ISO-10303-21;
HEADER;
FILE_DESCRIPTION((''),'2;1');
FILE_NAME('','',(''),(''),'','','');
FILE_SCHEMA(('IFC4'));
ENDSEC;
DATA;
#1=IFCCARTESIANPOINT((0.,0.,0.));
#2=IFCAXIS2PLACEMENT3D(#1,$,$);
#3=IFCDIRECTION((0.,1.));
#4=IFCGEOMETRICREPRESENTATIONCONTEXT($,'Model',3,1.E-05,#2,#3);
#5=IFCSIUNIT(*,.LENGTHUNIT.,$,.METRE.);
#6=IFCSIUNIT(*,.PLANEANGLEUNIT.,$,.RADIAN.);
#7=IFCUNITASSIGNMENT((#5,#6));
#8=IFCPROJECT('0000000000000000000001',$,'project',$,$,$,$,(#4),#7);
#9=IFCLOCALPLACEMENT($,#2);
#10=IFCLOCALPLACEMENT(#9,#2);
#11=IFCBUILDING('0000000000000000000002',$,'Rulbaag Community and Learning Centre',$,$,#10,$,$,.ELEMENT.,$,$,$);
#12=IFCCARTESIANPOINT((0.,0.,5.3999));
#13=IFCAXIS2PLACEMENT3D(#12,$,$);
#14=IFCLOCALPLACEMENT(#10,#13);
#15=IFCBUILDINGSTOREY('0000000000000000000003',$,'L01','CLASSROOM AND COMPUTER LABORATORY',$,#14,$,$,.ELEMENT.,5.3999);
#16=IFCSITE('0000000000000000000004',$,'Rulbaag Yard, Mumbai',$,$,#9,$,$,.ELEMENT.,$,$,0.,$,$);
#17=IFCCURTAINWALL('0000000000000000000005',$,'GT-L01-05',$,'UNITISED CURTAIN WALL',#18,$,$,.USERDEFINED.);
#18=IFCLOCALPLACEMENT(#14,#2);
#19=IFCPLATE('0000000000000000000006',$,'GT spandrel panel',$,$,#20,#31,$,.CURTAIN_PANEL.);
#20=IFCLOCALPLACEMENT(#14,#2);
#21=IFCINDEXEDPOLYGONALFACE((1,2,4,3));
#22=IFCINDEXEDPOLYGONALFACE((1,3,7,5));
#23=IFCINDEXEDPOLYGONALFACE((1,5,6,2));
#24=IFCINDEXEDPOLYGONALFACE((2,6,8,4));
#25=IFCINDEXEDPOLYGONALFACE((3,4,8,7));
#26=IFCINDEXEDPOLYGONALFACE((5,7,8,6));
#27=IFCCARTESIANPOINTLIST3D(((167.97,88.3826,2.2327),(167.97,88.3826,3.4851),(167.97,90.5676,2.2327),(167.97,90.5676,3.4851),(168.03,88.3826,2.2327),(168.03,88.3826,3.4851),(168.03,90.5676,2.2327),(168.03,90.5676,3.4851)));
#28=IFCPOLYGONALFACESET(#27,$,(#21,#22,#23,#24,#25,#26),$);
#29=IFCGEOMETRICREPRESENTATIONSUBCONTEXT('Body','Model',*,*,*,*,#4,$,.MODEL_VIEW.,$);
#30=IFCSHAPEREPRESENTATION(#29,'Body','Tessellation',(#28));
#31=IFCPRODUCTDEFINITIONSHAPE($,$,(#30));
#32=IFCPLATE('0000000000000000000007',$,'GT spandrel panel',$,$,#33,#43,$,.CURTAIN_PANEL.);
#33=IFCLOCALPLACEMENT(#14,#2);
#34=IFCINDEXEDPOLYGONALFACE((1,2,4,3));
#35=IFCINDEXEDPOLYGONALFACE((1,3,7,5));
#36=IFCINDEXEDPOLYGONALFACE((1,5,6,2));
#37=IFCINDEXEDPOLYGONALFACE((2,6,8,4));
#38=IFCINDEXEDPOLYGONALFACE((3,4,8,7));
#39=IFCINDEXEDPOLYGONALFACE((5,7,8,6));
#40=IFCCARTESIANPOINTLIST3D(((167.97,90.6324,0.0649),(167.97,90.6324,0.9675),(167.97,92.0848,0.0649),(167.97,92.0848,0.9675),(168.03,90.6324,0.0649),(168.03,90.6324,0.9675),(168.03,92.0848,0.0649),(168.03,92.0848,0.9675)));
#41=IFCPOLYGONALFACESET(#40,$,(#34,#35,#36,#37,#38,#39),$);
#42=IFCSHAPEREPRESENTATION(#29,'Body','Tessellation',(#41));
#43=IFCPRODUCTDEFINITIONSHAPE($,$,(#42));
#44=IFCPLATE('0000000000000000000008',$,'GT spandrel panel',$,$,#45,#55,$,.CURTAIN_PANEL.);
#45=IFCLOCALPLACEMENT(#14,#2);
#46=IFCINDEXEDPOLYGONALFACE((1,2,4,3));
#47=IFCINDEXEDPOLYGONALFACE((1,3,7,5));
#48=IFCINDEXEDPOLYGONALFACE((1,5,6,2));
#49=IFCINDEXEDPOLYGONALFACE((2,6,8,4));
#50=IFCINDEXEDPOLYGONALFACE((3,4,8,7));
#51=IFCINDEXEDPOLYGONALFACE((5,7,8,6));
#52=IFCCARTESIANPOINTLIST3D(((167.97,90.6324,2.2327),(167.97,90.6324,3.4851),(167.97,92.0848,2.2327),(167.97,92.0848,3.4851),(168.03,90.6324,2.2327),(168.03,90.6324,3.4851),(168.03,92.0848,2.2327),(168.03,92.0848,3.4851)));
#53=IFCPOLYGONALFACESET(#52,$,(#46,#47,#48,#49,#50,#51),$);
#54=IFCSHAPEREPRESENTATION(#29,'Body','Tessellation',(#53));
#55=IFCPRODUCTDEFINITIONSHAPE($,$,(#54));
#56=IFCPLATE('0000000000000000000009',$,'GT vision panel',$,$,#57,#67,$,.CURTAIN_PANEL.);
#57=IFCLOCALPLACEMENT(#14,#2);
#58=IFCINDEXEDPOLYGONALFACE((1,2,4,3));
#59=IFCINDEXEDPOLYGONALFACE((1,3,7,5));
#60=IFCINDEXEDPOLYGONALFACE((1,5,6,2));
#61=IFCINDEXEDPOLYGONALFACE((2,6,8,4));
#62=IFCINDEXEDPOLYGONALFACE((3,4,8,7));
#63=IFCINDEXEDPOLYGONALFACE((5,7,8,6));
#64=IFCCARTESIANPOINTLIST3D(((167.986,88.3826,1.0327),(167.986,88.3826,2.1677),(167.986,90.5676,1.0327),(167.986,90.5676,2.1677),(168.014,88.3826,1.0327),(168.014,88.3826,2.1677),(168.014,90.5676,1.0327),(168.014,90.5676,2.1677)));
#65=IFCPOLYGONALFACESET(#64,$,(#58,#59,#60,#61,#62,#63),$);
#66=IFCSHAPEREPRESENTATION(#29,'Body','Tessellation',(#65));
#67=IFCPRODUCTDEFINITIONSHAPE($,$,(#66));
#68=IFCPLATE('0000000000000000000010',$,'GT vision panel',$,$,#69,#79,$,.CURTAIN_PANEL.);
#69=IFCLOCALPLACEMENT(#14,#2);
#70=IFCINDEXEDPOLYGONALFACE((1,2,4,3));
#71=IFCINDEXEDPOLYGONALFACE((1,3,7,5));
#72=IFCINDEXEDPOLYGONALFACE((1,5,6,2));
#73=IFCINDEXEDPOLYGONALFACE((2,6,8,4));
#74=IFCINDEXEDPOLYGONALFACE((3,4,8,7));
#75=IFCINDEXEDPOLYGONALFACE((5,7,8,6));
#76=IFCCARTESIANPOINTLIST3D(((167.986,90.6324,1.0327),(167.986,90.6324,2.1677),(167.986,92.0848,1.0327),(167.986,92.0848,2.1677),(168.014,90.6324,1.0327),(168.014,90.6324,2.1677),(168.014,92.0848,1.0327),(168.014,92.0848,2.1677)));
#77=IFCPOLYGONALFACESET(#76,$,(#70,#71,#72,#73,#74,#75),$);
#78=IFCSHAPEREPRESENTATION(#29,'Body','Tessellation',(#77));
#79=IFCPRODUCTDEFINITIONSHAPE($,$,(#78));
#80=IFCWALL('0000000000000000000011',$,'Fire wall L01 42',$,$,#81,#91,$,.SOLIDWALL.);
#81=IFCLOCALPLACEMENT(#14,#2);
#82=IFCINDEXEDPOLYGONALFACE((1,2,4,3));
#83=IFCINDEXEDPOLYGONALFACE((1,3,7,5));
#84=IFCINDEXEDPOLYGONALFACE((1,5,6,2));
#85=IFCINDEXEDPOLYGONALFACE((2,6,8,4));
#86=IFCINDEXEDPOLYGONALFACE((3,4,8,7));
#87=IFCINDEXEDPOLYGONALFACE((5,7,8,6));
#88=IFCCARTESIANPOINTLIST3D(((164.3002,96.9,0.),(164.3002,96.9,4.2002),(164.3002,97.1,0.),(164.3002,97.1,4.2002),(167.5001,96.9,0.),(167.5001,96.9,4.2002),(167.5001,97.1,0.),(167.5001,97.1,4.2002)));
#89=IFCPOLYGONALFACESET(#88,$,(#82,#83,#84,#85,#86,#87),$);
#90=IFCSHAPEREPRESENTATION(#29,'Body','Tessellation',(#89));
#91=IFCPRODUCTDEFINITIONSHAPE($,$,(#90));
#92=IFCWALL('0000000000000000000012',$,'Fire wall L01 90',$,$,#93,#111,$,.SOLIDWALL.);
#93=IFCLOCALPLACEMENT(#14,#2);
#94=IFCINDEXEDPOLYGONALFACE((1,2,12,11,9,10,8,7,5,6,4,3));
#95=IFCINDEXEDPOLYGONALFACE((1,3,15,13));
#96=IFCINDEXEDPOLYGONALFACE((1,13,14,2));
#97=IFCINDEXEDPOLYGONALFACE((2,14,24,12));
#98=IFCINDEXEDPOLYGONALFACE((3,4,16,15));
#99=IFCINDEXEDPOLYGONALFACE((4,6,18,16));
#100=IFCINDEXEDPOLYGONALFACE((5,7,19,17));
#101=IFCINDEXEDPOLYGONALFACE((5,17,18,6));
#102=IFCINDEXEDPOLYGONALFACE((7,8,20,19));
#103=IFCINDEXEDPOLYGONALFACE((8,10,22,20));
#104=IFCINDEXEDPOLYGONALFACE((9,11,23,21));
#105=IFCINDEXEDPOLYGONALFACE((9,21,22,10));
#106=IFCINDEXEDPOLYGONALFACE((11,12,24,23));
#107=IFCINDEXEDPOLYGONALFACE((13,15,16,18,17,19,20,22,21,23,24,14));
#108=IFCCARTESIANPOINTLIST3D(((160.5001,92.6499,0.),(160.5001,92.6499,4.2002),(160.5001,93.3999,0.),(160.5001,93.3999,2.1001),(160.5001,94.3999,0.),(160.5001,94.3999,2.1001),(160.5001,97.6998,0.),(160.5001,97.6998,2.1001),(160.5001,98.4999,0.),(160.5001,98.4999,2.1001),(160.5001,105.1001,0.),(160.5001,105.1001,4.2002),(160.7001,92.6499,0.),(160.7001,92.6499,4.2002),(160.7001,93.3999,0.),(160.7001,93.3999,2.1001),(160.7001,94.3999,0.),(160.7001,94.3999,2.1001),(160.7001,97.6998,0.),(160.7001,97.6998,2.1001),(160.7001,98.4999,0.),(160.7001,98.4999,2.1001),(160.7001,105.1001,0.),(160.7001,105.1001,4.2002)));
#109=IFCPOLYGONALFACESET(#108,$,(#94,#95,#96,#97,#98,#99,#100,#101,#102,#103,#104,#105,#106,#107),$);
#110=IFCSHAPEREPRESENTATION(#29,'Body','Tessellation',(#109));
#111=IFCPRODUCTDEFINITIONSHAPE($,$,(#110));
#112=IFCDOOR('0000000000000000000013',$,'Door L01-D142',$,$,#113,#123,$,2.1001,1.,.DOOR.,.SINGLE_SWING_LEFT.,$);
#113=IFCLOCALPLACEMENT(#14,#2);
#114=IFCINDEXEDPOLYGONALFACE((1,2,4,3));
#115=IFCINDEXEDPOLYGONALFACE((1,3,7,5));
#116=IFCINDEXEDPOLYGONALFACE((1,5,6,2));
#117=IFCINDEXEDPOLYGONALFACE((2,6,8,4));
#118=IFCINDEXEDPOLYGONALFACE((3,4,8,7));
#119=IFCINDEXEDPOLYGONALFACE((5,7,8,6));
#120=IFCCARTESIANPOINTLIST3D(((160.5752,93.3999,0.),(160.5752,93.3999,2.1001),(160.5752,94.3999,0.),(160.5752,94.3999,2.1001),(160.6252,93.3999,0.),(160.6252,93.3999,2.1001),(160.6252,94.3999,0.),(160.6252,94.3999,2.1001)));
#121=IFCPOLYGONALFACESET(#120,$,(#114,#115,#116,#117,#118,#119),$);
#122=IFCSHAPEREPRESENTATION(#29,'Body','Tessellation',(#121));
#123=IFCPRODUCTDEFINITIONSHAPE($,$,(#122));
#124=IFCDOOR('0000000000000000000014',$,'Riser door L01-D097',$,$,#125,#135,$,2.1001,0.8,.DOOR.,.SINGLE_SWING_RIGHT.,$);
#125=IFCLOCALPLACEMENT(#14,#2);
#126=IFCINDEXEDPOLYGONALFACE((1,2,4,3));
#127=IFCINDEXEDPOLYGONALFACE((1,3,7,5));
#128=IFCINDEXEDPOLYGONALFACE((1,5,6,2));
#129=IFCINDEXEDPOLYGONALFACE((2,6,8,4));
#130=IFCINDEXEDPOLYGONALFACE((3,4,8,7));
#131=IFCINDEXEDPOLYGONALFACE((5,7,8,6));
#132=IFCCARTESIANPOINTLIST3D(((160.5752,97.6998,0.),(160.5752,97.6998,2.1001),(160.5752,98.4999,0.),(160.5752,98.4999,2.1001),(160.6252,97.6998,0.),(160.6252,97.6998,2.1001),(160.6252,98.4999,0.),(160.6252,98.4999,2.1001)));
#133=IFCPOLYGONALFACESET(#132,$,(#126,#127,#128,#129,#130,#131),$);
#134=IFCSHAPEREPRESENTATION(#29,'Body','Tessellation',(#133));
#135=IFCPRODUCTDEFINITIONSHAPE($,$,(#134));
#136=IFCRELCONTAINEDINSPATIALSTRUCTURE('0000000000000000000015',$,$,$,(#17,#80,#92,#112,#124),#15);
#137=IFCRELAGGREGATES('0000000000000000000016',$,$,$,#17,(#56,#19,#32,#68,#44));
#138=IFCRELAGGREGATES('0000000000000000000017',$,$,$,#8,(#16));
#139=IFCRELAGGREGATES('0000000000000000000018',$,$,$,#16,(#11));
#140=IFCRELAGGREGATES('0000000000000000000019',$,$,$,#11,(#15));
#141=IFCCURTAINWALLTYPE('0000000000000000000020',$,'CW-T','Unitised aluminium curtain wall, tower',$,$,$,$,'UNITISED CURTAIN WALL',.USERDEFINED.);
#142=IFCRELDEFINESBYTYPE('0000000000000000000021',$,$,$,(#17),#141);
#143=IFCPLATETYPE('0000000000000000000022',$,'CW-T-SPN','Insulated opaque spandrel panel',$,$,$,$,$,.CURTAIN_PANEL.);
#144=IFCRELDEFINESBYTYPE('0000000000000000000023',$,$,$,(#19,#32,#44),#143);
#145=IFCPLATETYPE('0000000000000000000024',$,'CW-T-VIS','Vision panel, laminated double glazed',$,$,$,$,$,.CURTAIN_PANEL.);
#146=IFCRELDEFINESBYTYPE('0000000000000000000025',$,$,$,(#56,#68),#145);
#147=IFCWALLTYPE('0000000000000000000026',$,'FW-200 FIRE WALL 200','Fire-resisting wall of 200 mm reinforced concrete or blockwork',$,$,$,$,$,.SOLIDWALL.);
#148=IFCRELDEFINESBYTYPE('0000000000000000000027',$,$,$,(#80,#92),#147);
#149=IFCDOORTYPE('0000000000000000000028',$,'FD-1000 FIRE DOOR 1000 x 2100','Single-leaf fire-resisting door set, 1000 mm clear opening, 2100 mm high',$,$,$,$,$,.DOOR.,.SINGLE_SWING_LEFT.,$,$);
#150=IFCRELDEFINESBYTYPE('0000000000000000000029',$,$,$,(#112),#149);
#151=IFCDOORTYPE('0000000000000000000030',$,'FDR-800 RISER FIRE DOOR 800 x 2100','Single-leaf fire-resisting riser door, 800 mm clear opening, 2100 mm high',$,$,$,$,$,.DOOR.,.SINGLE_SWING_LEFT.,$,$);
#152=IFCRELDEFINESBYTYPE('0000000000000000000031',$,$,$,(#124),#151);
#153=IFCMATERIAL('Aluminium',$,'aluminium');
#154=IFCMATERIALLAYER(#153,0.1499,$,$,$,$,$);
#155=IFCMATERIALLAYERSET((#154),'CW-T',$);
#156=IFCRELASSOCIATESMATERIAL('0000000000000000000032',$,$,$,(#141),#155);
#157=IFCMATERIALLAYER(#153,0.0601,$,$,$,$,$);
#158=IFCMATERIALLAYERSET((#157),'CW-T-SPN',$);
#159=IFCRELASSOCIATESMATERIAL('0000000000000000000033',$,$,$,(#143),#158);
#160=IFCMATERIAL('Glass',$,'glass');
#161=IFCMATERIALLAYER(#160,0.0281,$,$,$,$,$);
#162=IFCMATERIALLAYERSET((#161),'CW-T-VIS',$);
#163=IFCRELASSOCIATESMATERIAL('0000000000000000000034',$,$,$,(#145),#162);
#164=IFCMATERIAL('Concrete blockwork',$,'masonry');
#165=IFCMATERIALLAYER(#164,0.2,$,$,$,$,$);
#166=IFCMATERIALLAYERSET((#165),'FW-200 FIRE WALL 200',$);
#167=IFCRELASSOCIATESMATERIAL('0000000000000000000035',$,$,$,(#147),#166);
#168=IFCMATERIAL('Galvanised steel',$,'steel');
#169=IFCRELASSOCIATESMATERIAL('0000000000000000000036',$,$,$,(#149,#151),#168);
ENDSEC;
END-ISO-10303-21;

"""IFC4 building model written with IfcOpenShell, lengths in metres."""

from ifc_helpers import new_model, si_unit, direction, frame, frame_2d, origin, origin_2d, place, context, subcontext, project, spatial, rectangle, extrude, material, layer, layer_set, type_object, element, fill, aggregate, save


model = new_model("IFC4")

# Units and contexts
model_context = context("Model", 3, precision=1e-05, world=origin(), true_north=direction((0.0, 1.0)))
body_context = subcontext(model_context, "Body", "Model", "MODEL_VIEW")
ifc_project = project(units=[si_unit("LENGTHUNIT", "METRE"), si_unit("PLANEANGLEUNIT", "RADIAN")], contexts=[model_context])

# Site, building, storey
site_placement = place(None, origin())
site = spatial("IfcSite", under=ifc_project, at=site_placement, Name="Rulbaag Yard, Mumbai", CompositionType="ELEMENT", RefElevation=0.0)
building_placement = place(site_placement, origin())
building = spatial("IfcBuilding", under=site, at=building_placement, Name="Rulbaag Community and Learning Centre", CompositionType="ELEMENT")
storey_placement = place(building_placement, frame((0.0, 0.0, 5.3999)))
storey = spatial("IfcBuildingStorey", under=building, at=storey_placement, Name="L01", Description="CLASSROOM AND COMPUTER LABORATORY", CompositionType="ELEMENT", Elevation=5.3999)

# Curtain wall, plates
ifc_material_1 = material(Name="Aluminium", Category="aluminium")
ifc_layer_1 = layer(ifc_material_1, 0.1499)
ifc_layer_set_1 = layer_set([ifc_layer_1], Name="CW-T")
curtain_wall_type = type_object("IfcCurtainWallType", Name="CW-T", Description="Unitised aluminium curtain wall, tower", ElementType="UNITISED CURTAIN WALL", PredefinedType="USERDEFINED", material=ifc_layer_set_1)
curtain_wall_placement = place(storey_placement, origin())
curtain_wall = element("IfcCurtainWall", 1, at=curtain_wall_placement, inside=storey, type_object=curtain_wall_type, Name="GT-L01-05", ObjectType="UNITISED CURTAIN WALL", PredefinedType="USERDEFINED")
ifc_layer_2 = layer(ifc_material_1, 0.0601)
ifc_layer_set_2 = layer_set([ifc_layer_2], Name="CW-T-SPN")
plate_type_1 = type_object("IfcPlateType", Name="CW-T-SPN", Description="Insulated opaque spandrel panel", PredefinedType="CURTAIN_PANEL", material=ifc_layer_set_2)
plate_1_placement = place(storey_placement, frame((168.0, 89.4751, 2.2327), z_axis=(0.0, 0.0, 1.0), x_axis=(0.0, 1.0, 0.0)))
plate_1 = element("IfcPlate", 2, at=plate_1_placement, type_object=plate_type_1, Name="GT spandrel panel", PredefinedType="CURTAIN_PANEL", context=body_context, shape_type="SweptSolid", body=[
    extrude(rectangle(XDim=2.1851, YDim=0.0601, at=origin_2d()), origin(), (0.0, 0.0, 1.0), 1.2524),
])
plate_2_placement = place(storey_placement, frame((168.0, 91.3586, 0.0649), z_axis=(0.0, 0.0, 1.0), x_axis=(0.0, 1.0, 0.0)))
plate_2 = element("IfcPlate", 3, at=plate_2_placement, type_object=plate_type_1, Name="GT spandrel panel", PredefinedType="CURTAIN_PANEL", context=body_context, shape_type="SweptSolid", body=[
    extrude(rectangle(XDim=1.4524, YDim=0.0601, at=origin_2d()), origin(), (0.0, 0.0, 1.0), 0.9026),
])
plate_3_placement = place(storey_placement, frame((168.0, 91.3586, 2.2327), z_axis=(0.0, 0.0, 1.0), x_axis=(0.0, 1.0, 0.0)))
plate_3 = element("IfcPlate", 4, at=plate_3_placement, type_object=plate_type_1, Name="GT spandrel panel", PredefinedType="CURTAIN_PANEL", context=body_context, shape_type="SweptSolid", body=[
    extrude(rectangle(XDim=1.4524, YDim=0.0601, at=origin_2d()), origin(), (0.0, 0.0, 1.0), 1.2524),
])
ifc_material_2 = material(Name="Glass", Category="glass")
ifc_layer_3 = layer(ifc_material_2, 0.0281)
ifc_layer_set_3 = layer_set([ifc_layer_3], Name="CW-T-VIS")
plate_type_2 = type_object("IfcPlateType", Name="CW-T-VIS", Description="Vision panel, laminated double glazed", PredefinedType="CURTAIN_PANEL", material=ifc_layer_set_3)
plate_4_placement = place(storey_placement, frame((168.0, 89.4751, 1.0327), z_axis=(0.0, 0.0, 1.0), x_axis=(0.0, 1.0, 0.0)))
plate_4 = element("IfcPlate", 5, at=plate_4_placement, type_object=plate_type_2, Name="GT vision panel", PredefinedType="CURTAIN_PANEL", context=body_context, shape_type="SweptSolid", body=[
    extrude(rectangle(XDim=2.1851, YDim=0.0281, at=origin_2d()), origin(), (0.0, 0.0, 1.0), 1.135),
])
plate_5_placement = place(storey_placement, frame((168.0, 91.3586, 1.0327), z_axis=(0.0, 0.0, 1.0), x_axis=(0.0, 1.0, 0.0)))
plate_5 = element("IfcPlate", 6, at=plate_5_placement, type_object=plate_type_2, Name="GT vision panel", PredefinedType="CURTAIN_PANEL", context=body_context, shape_type="SweptSolid", body=[
    extrude(rectangle(XDim=1.4524, YDim=0.0281, at=origin_2d()), origin(), (0.0, 0.0, 1.0), 1.135),
])
aggregate(curtain_wall, [plate_4, plate_1, plate_2, plate_5, plate_3])

# Wall
ifc_material_3 = material(Name="Concrete blockwork", Category="masonry")
ifc_layer_4 = layer(ifc_material_3, 0.2)
ifc_layer_set_4 = layer_set([ifc_layer_4], Name="FW-200 FIRE WALL 200")
wall_type_1 = type_object("IfcWallType", Name="FW-200 FIRE WALL 200", Description="Fire-resisting wall of 200 mm reinforced concrete or blockwork", PredefinedType="SOLIDWALL", material=ifc_layer_set_4)
wall_1_placement = place(storey_placement, frame((164.3, 97.0, 0.0), z_axis=(0.0, 0.0, 1.0), x_axis=(1.0, 0.0, 0.0)))
element("IfcWall", 7, at=wall_1_placement, inside=storey, type_object=wall_type_1, Name="Fire wall L01 42", PredefinedType="SOLIDWALL", context=body_context, shape_type="SweptSolid", body=[
    extrude(rectangle(XDim=3.2, YDim=0.2, at=frame_2d((1.6001, 0.0))), origin(), (0.0, 0.0, 1.0), 4.2002),
])

# Wall, openings, doors
wall_2_placement = place(storey_placement, frame((160.6001, 92.6499, 0.0), z_axis=(0.0, 0.0, 1.0), x_axis=(0.0, 1.0, 0.0)))
wall_2 = element("IfcWall", 8, at=wall_2_placement, inside=storey, type_object=wall_type_1, Name="Fire wall L01 90", PredefinedType="SOLIDWALL", context=body_context, shape_type="SweptSolid", body=[
    extrude(rectangle(XDim=12.4502, YDim=0.2, at=frame_2d((6.2251, 0.0))), origin(), (0.0, 0.0, 1.0), 4.2002),
])
opening_1_placement = place(wall_2_placement, frame((5.05, 0.0, 0.0)))
opening_1 = element("IfcOpeningElement", 9, at=opening_1_placement, cuts=wall_2, PredefinedType="OPENING", context=body_context, shape_type="SweptSolid", body=[
    extrude(rectangle(XDim=0.8, YDim=2.1001, at=frame_2d((0.3999, 1.05))), frame((0.0, 0.1099, 0.0), z_axis=(0.0, -1.0, 0.0), x_axis=(1.0, 0.0, 0.0)), (0.0, 0.0, 1.0), 0.22),
])
opening_2_placement = place(wall_2_placement, frame((0.75, 0.0, 0.0)))
opening_2 = element("IfcOpeningElement", 10, at=opening_2_placement, cuts=wall_2, PredefinedType="OPENING", context=body_context, shape_type="SweptSolid", body=[
    extrude(rectangle(XDim=1.0, YDim=2.1001, at=frame_2d((0.5, 1.05))), frame((0.0, 0.1099, 0.0), z_axis=(0.0, -1.0, 0.0), x_axis=(1.0, 0.0, 0.0)), (0.0, 0.0, 1.0), 0.22),
])
ifc_material_4 = material(Name="Galvanised steel", Category="steel")
door_type_1 = type_object("IfcDoorType", Name="FD-1000 FIRE DOOR 1000 x 2100", Description="Single-leaf fire-resisting door set, 1000 mm clear opening, 2100 mm high", OperationType="SINGLE_SWING_LEFT", PredefinedType="DOOR", material=ifc_material_4)
door_1_placement = place(opening_2_placement, origin())
door_1 = element("IfcDoor", 11, at=door_1_placement, inside=storey, type_object=door_type_1, Name="Door L01-D142", OperationType="SINGLE_SWING_LEFT", OverallHeight=2.1001, OverallWidth=1.0, PredefinedType="DOOR", context=body_context, shape_type="SweptSolid", body=[
    extrude(rectangle(XDim=1.0, YDim=2.1001, at=frame_2d((0.5, 1.05))), frame((0.0, 0.0249, 0.0), z_axis=(0.0, -1.0, 0.0), x_axis=(1.0, 0.0, 0.0)), (0.0, 0.0, 1.0), 0.05),
])
fill(opening_2, door_1)
door_type_2 = type_object("IfcDoorType", Name="FDR-800 RISER FIRE DOOR 800 x 2100", Description="Single-leaf fire-resisting riser door, 800 mm clear opening, 2100 mm high", OperationType="SINGLE_SWING_LEFT", PredefinedType="DOOR", material=ifc_material_4)
door_2_placement = place(opening_1_placement, origin())
door_2 = element("IfcDoor", 12, at=door_2_placement, inside=storey, type_object=door_type_2, Name="Riser door L01-D097", OperationType="SINGLE_SWING_RIGHT", OverallHeight=2.1001, OverallWidth=0.8, PredefinedType="DOOR", context=body_context, shape_type="SweptSolid", body=[
    extrude(rectangle(XDim=0.8, YDim=2.1001, at=frame_2d((0.3999, 1.05))), frame((0.0, 0.0249, 0.0), z_axis=(0.0, -1.0, 0.0), x_axis=(1.0, 0.0, 0.0)), (0.0, 0.0, 1.0), 0.05),
])
fill(opening_1, door_2)

save(model, "model.ifc")
